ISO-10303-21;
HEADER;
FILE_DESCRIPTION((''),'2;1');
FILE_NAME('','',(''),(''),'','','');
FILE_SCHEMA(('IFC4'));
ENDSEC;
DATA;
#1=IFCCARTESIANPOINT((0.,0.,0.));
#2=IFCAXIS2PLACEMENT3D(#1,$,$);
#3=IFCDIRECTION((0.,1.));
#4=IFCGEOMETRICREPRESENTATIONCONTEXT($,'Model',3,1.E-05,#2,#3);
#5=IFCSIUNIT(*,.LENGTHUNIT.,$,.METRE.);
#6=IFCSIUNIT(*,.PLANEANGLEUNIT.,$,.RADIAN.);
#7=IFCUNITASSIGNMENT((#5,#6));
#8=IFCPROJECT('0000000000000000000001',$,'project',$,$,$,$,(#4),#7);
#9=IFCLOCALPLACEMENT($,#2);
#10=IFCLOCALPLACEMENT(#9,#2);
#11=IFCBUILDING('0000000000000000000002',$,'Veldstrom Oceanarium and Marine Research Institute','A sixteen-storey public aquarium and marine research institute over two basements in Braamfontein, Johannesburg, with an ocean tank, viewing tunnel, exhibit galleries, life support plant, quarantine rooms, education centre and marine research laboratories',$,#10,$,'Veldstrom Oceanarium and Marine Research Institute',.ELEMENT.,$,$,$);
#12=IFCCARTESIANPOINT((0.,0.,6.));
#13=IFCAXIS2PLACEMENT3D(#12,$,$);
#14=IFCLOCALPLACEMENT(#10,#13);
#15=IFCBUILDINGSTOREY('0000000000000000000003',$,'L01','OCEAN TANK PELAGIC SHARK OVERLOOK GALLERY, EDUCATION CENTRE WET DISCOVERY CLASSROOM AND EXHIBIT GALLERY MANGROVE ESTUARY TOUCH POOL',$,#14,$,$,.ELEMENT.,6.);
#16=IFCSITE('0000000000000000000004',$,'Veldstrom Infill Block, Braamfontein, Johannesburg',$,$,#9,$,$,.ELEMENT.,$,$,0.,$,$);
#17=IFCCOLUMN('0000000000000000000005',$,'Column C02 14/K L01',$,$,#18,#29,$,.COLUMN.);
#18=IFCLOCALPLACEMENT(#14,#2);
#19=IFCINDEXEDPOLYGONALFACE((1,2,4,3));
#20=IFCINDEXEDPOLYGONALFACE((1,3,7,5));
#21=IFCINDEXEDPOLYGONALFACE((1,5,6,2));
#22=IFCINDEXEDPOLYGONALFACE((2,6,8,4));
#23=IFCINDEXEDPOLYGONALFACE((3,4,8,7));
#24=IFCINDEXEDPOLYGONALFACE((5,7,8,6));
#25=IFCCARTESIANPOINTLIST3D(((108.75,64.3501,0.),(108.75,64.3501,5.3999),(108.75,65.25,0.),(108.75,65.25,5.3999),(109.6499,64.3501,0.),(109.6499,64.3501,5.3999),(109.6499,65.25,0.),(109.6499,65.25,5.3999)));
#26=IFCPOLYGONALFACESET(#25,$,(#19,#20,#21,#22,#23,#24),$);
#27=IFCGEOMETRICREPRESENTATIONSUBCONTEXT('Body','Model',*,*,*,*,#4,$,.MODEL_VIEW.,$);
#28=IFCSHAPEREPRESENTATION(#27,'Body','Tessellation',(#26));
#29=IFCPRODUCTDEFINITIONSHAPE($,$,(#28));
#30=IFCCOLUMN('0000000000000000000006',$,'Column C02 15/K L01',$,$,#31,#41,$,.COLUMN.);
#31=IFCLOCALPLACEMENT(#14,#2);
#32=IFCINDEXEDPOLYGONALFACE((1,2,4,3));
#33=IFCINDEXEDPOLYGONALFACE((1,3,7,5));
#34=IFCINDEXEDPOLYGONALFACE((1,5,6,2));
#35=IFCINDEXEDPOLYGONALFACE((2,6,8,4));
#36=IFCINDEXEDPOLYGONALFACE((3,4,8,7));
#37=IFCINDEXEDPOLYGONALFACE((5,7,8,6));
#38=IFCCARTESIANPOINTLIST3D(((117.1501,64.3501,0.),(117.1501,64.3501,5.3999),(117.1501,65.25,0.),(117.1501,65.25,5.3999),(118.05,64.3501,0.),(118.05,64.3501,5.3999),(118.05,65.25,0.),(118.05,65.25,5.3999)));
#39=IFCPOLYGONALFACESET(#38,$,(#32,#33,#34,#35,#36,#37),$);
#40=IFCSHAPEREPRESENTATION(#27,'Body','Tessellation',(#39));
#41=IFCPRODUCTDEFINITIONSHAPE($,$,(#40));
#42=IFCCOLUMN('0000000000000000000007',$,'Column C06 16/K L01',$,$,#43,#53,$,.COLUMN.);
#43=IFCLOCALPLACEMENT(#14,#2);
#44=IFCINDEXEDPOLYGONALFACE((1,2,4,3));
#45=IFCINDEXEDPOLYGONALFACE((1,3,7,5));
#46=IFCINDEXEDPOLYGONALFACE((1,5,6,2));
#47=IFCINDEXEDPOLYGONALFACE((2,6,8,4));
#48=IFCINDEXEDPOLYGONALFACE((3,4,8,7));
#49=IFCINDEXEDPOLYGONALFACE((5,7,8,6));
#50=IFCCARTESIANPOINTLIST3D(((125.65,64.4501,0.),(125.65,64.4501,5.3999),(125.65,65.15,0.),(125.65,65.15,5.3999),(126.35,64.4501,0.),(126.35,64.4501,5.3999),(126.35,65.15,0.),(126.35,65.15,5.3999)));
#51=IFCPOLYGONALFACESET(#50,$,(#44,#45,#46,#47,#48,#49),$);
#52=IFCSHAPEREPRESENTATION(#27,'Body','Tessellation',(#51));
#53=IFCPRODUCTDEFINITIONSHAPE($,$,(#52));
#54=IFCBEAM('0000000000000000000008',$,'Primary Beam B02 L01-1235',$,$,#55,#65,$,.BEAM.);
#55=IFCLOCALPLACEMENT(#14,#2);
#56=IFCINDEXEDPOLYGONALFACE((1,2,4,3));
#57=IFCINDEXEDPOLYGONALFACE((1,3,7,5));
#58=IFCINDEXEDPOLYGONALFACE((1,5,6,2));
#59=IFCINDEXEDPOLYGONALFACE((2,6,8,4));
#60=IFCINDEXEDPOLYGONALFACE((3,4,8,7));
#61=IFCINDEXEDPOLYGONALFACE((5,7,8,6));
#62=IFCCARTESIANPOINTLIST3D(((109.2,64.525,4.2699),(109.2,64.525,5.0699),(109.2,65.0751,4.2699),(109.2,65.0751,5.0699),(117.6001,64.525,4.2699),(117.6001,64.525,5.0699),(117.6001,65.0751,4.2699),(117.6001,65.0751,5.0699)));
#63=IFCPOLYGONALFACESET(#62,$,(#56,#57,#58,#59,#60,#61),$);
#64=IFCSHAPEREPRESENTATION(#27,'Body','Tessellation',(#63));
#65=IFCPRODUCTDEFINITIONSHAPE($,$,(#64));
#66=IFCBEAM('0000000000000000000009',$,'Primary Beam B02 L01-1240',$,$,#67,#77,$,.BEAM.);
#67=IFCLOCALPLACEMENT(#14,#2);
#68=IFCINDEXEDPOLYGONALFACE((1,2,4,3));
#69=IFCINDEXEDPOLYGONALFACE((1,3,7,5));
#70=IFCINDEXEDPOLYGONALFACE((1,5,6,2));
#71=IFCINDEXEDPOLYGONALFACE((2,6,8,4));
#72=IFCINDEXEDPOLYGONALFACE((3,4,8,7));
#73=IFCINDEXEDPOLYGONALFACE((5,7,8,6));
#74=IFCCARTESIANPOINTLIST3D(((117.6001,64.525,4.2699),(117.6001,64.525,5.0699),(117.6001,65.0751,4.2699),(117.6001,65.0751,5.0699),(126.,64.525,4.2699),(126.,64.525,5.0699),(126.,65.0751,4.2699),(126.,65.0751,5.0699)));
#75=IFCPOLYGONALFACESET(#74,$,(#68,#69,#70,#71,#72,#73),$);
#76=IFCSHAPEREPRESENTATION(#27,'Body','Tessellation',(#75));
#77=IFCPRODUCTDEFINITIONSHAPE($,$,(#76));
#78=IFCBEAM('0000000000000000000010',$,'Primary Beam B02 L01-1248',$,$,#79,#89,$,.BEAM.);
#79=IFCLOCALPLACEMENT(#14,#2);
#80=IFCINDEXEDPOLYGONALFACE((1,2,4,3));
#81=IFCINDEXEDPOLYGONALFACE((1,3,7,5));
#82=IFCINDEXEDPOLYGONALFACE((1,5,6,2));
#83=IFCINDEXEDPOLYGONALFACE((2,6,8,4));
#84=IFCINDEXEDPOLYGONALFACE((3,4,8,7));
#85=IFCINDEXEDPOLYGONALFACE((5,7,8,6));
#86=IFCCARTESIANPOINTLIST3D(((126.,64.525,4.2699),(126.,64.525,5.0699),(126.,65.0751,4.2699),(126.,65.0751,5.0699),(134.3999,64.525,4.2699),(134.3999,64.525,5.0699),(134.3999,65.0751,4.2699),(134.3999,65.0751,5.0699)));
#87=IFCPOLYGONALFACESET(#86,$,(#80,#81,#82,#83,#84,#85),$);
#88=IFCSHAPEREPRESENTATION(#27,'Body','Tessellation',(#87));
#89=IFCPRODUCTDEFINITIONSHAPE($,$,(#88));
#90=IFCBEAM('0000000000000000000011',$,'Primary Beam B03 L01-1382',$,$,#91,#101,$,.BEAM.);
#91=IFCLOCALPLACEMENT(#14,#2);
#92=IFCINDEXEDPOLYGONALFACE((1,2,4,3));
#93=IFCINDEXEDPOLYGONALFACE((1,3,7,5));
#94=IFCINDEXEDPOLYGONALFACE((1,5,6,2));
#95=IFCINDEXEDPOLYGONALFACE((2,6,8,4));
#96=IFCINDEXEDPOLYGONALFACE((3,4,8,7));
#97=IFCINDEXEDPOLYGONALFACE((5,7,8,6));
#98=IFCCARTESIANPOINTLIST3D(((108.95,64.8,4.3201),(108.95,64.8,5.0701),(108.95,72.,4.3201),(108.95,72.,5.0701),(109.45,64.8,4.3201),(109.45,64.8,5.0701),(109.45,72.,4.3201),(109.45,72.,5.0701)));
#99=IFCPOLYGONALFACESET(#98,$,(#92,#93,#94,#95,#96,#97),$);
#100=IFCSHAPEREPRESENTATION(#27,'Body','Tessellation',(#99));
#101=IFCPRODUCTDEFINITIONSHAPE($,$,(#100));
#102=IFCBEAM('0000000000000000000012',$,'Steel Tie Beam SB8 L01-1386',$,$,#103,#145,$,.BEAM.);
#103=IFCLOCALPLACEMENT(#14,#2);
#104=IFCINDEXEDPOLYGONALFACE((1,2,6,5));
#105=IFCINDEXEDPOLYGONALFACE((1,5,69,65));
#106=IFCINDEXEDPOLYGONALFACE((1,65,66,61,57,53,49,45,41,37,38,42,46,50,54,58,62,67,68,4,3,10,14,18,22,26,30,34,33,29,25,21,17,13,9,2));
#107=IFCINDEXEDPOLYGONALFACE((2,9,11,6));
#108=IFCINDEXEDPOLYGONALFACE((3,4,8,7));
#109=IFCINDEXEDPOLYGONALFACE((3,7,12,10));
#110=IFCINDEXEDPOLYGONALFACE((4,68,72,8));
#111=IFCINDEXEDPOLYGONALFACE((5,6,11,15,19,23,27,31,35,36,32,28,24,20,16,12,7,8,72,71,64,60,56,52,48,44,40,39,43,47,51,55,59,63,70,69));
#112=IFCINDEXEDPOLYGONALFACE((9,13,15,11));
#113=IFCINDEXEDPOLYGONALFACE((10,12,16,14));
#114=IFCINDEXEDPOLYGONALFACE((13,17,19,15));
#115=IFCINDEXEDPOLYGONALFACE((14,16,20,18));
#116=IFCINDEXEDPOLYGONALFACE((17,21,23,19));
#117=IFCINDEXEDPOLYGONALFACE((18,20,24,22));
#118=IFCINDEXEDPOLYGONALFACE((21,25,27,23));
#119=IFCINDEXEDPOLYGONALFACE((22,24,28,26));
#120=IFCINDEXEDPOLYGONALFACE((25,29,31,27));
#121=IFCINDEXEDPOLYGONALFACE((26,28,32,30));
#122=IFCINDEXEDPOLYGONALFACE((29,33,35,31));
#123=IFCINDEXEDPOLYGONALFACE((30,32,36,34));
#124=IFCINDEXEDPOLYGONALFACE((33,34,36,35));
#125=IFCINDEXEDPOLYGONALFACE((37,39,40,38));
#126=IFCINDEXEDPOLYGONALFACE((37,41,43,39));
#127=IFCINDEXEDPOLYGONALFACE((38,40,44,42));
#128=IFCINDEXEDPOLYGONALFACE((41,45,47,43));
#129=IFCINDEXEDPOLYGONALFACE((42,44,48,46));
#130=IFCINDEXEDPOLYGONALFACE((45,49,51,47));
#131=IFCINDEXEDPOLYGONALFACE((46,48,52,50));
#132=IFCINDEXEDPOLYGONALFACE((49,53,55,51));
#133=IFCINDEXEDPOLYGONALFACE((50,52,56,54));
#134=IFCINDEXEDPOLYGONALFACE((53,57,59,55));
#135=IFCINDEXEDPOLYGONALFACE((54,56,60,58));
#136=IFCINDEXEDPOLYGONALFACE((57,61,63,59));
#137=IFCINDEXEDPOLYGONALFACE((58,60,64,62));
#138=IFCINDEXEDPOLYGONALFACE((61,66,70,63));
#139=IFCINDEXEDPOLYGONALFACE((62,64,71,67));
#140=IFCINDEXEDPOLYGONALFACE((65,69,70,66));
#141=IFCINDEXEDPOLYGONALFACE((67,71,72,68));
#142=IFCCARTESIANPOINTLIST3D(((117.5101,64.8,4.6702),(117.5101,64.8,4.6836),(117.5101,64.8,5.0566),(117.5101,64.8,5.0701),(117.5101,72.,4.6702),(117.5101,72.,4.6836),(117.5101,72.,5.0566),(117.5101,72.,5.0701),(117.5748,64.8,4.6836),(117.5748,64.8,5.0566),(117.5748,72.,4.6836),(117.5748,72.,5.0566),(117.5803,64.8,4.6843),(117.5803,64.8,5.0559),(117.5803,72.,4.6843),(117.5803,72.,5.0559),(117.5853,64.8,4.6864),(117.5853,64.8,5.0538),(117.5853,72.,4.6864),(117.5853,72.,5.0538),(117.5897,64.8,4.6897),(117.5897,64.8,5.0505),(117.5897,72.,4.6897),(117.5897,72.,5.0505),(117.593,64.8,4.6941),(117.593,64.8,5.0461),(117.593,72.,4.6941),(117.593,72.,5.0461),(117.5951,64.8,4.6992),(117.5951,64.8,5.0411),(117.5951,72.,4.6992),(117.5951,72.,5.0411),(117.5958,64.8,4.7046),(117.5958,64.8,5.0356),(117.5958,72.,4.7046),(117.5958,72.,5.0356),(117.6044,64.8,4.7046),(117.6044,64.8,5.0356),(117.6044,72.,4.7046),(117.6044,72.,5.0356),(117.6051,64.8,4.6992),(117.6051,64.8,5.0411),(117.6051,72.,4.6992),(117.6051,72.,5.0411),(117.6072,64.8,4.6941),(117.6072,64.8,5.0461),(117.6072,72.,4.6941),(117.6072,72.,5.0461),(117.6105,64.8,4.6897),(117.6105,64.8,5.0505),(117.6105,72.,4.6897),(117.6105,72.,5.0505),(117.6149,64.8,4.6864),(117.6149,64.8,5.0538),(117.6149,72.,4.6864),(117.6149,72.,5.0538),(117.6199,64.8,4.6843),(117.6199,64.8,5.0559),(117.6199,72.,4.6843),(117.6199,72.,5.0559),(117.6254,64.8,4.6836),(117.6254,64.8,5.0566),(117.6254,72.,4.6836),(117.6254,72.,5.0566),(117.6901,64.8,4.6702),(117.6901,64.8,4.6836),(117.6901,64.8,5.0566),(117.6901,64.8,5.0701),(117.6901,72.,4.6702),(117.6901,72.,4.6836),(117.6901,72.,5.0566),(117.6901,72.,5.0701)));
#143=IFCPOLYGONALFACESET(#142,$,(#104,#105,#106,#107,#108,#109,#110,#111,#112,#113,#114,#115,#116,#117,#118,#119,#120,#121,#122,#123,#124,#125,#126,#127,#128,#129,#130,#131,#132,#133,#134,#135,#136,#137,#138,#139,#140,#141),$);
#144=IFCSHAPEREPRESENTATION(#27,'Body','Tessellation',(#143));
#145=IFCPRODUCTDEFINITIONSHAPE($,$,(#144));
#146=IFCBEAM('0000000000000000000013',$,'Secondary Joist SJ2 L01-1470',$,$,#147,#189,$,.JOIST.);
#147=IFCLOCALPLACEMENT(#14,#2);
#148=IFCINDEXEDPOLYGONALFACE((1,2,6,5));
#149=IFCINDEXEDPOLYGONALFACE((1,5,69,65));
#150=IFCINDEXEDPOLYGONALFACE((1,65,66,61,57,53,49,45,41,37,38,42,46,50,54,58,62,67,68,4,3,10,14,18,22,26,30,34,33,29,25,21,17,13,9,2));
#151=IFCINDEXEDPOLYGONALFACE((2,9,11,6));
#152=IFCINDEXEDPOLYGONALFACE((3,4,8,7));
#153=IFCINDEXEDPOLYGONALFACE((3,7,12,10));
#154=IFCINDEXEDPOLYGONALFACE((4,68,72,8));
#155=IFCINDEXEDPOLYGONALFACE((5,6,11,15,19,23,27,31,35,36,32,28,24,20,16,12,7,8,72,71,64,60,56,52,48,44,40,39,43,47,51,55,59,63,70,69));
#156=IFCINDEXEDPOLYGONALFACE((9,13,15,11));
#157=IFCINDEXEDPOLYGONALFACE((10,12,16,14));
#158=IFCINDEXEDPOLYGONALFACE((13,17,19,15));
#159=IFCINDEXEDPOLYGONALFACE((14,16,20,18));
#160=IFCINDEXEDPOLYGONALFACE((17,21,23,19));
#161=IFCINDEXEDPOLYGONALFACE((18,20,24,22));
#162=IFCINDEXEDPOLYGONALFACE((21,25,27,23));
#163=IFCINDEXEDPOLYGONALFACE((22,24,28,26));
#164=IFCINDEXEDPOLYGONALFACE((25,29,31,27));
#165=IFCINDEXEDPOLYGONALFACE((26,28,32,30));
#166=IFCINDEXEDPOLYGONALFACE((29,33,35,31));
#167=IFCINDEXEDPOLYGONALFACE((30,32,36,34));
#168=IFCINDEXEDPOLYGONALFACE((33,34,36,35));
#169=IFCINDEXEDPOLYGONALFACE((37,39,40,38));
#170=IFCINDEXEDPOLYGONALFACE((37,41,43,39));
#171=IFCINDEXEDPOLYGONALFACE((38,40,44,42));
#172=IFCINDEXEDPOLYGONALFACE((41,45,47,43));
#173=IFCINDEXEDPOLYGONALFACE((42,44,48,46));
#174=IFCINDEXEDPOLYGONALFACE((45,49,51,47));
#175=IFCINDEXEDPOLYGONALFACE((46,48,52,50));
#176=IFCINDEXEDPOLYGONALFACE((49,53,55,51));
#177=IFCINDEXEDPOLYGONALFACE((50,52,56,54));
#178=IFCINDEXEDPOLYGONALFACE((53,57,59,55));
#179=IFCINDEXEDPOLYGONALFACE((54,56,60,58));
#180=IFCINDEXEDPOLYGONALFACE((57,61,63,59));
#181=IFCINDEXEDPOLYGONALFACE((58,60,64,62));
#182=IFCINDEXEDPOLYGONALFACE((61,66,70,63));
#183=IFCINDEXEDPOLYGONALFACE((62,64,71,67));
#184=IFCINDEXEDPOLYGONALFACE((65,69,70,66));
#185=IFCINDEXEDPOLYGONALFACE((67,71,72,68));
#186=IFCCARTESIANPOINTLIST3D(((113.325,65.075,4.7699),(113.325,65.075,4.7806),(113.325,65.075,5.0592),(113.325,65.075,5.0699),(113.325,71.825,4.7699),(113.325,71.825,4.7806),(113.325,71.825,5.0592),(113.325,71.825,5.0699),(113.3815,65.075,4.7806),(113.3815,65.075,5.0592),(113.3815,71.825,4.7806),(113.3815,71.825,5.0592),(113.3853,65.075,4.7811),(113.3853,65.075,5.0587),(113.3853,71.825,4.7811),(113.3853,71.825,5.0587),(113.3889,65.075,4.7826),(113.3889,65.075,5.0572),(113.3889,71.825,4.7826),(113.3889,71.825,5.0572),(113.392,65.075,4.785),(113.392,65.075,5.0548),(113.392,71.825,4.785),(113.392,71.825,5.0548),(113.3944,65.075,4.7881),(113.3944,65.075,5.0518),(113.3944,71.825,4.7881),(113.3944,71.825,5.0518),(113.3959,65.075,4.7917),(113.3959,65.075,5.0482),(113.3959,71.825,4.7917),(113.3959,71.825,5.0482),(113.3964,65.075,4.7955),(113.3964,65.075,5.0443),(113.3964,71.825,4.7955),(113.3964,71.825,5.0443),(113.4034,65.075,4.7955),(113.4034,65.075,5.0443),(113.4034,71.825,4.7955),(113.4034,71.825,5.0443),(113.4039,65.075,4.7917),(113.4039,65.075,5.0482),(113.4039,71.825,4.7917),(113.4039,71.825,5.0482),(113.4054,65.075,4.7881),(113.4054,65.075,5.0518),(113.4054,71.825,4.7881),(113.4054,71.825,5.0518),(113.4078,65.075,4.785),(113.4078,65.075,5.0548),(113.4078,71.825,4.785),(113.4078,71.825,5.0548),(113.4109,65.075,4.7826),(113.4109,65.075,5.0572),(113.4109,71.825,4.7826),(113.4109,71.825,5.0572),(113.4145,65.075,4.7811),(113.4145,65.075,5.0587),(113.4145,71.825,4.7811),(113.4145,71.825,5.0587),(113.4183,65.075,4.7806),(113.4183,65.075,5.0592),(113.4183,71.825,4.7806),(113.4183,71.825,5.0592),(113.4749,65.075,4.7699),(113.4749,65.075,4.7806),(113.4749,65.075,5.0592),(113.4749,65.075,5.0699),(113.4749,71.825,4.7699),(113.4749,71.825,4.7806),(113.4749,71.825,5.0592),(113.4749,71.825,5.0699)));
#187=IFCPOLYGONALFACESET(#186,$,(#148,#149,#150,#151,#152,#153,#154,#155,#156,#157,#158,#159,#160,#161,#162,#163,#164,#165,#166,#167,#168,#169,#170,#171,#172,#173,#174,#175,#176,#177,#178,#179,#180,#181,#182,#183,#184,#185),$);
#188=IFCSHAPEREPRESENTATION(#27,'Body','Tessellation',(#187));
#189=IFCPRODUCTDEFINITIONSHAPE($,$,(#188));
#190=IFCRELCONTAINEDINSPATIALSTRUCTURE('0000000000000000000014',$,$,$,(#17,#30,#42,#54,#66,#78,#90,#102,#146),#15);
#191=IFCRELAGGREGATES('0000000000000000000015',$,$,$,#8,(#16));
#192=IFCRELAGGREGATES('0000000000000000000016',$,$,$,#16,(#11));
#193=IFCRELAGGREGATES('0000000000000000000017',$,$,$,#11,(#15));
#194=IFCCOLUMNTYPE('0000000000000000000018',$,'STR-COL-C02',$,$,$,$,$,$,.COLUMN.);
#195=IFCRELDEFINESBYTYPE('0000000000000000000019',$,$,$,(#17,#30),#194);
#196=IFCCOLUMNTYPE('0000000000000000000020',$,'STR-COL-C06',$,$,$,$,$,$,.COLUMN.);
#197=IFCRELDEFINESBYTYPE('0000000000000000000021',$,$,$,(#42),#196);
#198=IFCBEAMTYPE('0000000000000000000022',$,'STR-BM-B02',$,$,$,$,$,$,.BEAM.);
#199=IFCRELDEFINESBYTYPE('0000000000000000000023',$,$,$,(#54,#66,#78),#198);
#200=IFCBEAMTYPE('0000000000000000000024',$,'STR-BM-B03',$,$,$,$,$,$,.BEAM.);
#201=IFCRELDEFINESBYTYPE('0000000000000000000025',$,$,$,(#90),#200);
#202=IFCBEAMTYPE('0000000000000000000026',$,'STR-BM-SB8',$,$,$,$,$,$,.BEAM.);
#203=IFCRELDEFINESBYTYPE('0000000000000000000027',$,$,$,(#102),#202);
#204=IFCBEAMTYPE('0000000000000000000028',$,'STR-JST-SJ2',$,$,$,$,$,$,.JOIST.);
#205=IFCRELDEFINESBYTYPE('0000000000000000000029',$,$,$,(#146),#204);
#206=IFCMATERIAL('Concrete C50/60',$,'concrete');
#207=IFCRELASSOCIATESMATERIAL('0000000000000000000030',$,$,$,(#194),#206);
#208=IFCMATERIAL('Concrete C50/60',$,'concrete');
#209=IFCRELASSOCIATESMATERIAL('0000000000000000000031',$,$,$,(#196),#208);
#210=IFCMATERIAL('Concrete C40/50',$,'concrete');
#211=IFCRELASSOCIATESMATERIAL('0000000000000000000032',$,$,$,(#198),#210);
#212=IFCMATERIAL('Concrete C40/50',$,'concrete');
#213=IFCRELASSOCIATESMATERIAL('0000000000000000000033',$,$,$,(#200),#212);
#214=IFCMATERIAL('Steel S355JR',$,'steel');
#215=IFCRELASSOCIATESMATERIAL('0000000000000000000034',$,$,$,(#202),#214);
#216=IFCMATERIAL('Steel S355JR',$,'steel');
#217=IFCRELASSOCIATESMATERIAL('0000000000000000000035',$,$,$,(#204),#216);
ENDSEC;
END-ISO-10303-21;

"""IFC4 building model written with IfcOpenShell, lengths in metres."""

from ifc_helpers import new_model, si_unit, direction, frame, origin, origin_2d, place, context, subcontext, project, spatial, rectangle, i_section, extrude, material, material_profile, profile_set, type_object, element, save


model = new_model("IFC4")

# Units and contexts
model_context = context("Model", 3, precision=1e-05, world=origin(), true_north=direction((0.0, 1.0)))
body_context = subcontext(model_context, "Body", "Model", "MODEL_VIEW")
ifc_project = project(units=[si_unit("LENGTHUNIT", "METRE"), si_unit("PLANEANGLEUNIT", "RADIAN")], contexts=[model_context])

# Site, building, storey
site_placement = place(None, origin())
site = spatial("IfcSite", under=ifc_project, at=site_placement, Name="Veldstrom Infill Block, Braamfontein, Johannesburg", CompositionType="ELEMENT", RefElevation=0.0)
building_placement = place(site_placement, origin())
building = spatial("IfcBuilding", under=site, at=building_placement, Name="Veldstrom Oceanarium and Marine Research Institute", Description="A sixteen-storey public aquarium and marine research institute over two basements in Braamfontein, Johannesburg, with an ocean tank, viewing tunnel, exhibit galleries, life support plant, quarantine rooms, education centre and marine research laboratories", LongName="Veldstrom Oceanarium and Marine Research Institute", CompositionType="ELEMENT")
storey_placement = place(building_placement, frame((0.0, 0.0, 6.0)))
storey = spatial("IfcBuildingStorey", under=building, at=storey_placement, Name="L01", Description="OCEAN TANK PELAGIC SHARK OVERLOOK GALLERY, EDUCATION CENTRE WET DISCOVERY CLASSROOM AND EXHIBIT GALLERY MANGROVE ESTUARY TOUCH POOL", CompositionType="ELEMENT", Elevation=6.0)

# Columns
ifc_material_1 = material(Name="Concrete C50/60", Category="concrete")
ifc_material_profile_1 = material_profile(ifc_material_1, rectangle(XDim=0.8999, YDim=0.8999, at=origin_2d()), Name="RC-COL-900x900")
ifc_profile_set_1 = profile_set([ifc_material_profile_1], Name="Concrete C50/60")
column_type_1 = type_object("IfcColumnType", Name="STR-COL-C02", PredefinedType="COLUMN", material=ifc_profile_set_1)
for number, where, z_axis, x_axis, name in (
    (1, (109.2, 64.8, 0.0), (0.0, 0.0, 1.0), (1.0, 0.0, 0.0), "Column C02 14/K L01"),
    (2, (117.6001, 64.8, 0.0), (0.0, 0.0, 1.0), (1.0, 0.0, 0.0), "Column C02 15/K L01"),
):
    element("IfcColumn", number, at=place(storey_placement, frame(where, z_axis=z_axis, x_axis=x_axis)), inside=storey, type_object=column_type_1, Name=name, PredefinedType="COLUMN", context=body_context, shape_type="SweptSolid", body=[
        extrude(rectangle(XDim=0.8999, YDim=0.8999, at=origin_2d()), origin(), (0.0, 0.0, 1.0), 5.3999),
    ])
ifc_material_2 = material(Name="Concrete C50/60", Category="concrete")
ifc_material_profile_2 = material_profile(ifc_material_2, rectangle(XDim=0.7, YDim=0.7, at=origin_2d()), Name="RC-COL-700x700")
ifc_profile_set_2 = profile_set([ifc_material_profile_2], Name="Concrete C50/60")
column_type_2 = type_object("IfcColumnType", Name="STR-COL-C06", PredefinedType="COLUMN", material=ifc_profile_set_2)
column_placement = place(storey_placement, frame((126.0, 64.8, 0.0), z_axis=(0.0, 0.0, 1.0), x_axis=(1.0, 0.0, 0.0)))
element("IfcColumn", 3, at=column_placement, inside=storey, type_object=column_type_2, Name="Column C06 16/K L01", PredefinedType="COLUMN", context=body_context, shape_type="SweptSolid", body=[
    extrude(rectangle(XDim=0.7, YDim=0.7, at=origin_2d()), origin(), (0.0, 0.0, 1.0), 5.3999),
])

# Beams
ifc_material_3 = material(Name="Concrete C40/50", Category="concrete")
ifc_material_profile_3 = material_profile(ifc_material_3, rectangle(XDim=0.55, YDim=0.8, at=origin_2d()), Name="RC-BM-550x800")
ifc_profile_set_3 = profile_set([ifc_material_profile_3], Name="Concrete C40/50")
beam_type_1 = type_object("IfcBeamType", Name="STR-BM-B02", PredefinedType="BEAM", material=ifc_profile_set_3)
beam_1_placement = place(storey_placement, frame((109.2, 64.8, 4.6699), z_axis=(1.0, 0.0, 0.0), x_axis=(0.0, 1.0, 0.0)))
element("IfcBeam", 4, at=beam_1_placement, inside=storey, type_object=beam_type_1, Name="Primary Beam B02 L01-1235", PredefinedType="BEAM", context=body_context, shape_type="SweptSolid", body=[
    extrude(rectangle(XDim=0.55, YDim=0.8, at=origin_2d()), origin(), (0.0, 0.0, 1.0), 8.4001),
])
for number, where, z_axis, x_axis, name in (
    (5, (117.6001, 64.8, 4.6699), (1.0, 0.0, 0.0), (0.0, 1.0, 0.0), "Primary Beam B02 L01-1240"),
    (6, (126.0, 64.8, 4.6699), (1.0, 0.0, 0.0), (0.0, 1.0, 0.0), "Primary Beam B02 L01-1248"),
):
    element("IfcBeam", number, at=place(storey_placement, frame(where, z_axis=z_axis, x_axis=x_axis)), inside=storey, type_object=beam_type_1, Name=name, PredefinedType="BEAM", context=body_context, shape_type="SweptSolid", body=[
        extrude(rectangle(XDim=0.55, YDim=0.8, at=origin_2d()), origin(), (0.0, 0.0, 1.0), 8.3999),
    ])
ifc_material_4 = material(Name="Concrete C40/50", Category="concrete")
ifc_material_profile_4 = material_profile(ifc_material_4, rectangle(XDim=0.5, YDim=0.75, at=origin_2d()), Name="RC-BM-500x750")
ifc_profile_set_4 = profile_set([ifc_material_profile_4], Name="Concrete C40/50")
beam_type_2 = type_object("IfcBeamType", Name="STR-BM-B03", PredefinedType="BEAM", material=ifc_profile_set_4)
beam_2_placement = place(storey_placement, frame((109.2, 64.8, 4.6951), z_axis=(0.0, 1.0, 0.0), x_axis=(-1.0, 0.0, 0.0)))
element("IfcBeam", 7, at=beam_2_placement, inside=storey, type_object=beam_type_2, Name="Primary Beam B03 L01-1382", PredefinedType="BEAM", context=body_context, shape_type="SweptSolid", body=[
    extrude(rectangle(XDim=0.5, YDim=0.75, at=origin_2d()), origin(), (0.0, 0.0, 1.0), 7.2),
])
ifc_material_5 = material(Name="Steel S355JR", Category="steel")
ifc_material_profile_5 = material_profile(ifc_material_5, i_section(OverallWidth=0.1799, OverallDepth=0.3999, WebThickness=0.0085, FlangeThickness=0.0134, FilletRadius=0.021, at=origin_2d()), Name="IPE 400")
ifc_profile_set_5 = profile_set([ifc_material_profile_5], Name="Steel S355JR")
beam_type_3 = type_object("IfcBeamType", Name="STR-BM-SB8", PredefinedType="BEAM", material=ifc_profile_set_5)
beam_3_placement = place(storey_placement, frame((117.6001, 64.8, 4.8701), z_axis=(0.0, 1.0, 0.0), x_axis=(-1.0, 0.0, 0.0)))
element("IfcBeam", 8, at=beam_3_placement, inside=storey, type_object=beam_type_3, Name="Steel Tie Beam SB8 L01-1386", PredefinedType="BEAM", context=body_context, shape_type="SweptSolid", body=[
    extrude(i_section(OverallWidth=0.1799, OverallDepth=0.3999, WebThickness=0.0085, FlangeThickness=0.0134, FilletRadius=0.021, at=origin_2d()), origin(), (0.0, 0.0, 1.0), 7.2),
])
ifc_material_6 = material(Name="Steel S355JR", Category="steel")
ifc_material_profile_6 = material_profile(ifc_material_6, i_section(OverallWidth=0.1499, OverallDepth=0.3, WebThickness=0.0071, FlangeThickness=0.0107, FilletRadius=0.0149, at=origin_2d()), Name="IPE 300")
ifc_profile_set_6 = profile_set([ifc_material_profile_6], Name="Steel S355JR")
beam_type_4 = type_object("IfcBeamType", Name="STR-JST-SJ2", PredefinedType="JOIST", material=ifc_profile_set_6)
beam_4_placement = place(storey_placement, frame((113.3999, 65.075, 4.9199), z_axis=(0.0, 1.0, 0.0), x_axis=(-1.0, 0.0, 0.0)))
element("IfcBeam", 9, at=beam_4_placement, inside=storey, type_object=beam_type_4, Name="Secondary Joist SJ2 L01-1470", PredefinedType="JOIST", context=body_context, shape_type="SweptSolid", body=[
    extrude(i_section(OverallWidth=0.1499, OverallDepth=0.3, WebThickness=0.0071, FlangeThickness=0.0107, FilletRadius=0.0149, at=origin_2d()), origin(), (0.0, 0.0, 1.0), 6.75),
])

save(model, "model.ifc")
